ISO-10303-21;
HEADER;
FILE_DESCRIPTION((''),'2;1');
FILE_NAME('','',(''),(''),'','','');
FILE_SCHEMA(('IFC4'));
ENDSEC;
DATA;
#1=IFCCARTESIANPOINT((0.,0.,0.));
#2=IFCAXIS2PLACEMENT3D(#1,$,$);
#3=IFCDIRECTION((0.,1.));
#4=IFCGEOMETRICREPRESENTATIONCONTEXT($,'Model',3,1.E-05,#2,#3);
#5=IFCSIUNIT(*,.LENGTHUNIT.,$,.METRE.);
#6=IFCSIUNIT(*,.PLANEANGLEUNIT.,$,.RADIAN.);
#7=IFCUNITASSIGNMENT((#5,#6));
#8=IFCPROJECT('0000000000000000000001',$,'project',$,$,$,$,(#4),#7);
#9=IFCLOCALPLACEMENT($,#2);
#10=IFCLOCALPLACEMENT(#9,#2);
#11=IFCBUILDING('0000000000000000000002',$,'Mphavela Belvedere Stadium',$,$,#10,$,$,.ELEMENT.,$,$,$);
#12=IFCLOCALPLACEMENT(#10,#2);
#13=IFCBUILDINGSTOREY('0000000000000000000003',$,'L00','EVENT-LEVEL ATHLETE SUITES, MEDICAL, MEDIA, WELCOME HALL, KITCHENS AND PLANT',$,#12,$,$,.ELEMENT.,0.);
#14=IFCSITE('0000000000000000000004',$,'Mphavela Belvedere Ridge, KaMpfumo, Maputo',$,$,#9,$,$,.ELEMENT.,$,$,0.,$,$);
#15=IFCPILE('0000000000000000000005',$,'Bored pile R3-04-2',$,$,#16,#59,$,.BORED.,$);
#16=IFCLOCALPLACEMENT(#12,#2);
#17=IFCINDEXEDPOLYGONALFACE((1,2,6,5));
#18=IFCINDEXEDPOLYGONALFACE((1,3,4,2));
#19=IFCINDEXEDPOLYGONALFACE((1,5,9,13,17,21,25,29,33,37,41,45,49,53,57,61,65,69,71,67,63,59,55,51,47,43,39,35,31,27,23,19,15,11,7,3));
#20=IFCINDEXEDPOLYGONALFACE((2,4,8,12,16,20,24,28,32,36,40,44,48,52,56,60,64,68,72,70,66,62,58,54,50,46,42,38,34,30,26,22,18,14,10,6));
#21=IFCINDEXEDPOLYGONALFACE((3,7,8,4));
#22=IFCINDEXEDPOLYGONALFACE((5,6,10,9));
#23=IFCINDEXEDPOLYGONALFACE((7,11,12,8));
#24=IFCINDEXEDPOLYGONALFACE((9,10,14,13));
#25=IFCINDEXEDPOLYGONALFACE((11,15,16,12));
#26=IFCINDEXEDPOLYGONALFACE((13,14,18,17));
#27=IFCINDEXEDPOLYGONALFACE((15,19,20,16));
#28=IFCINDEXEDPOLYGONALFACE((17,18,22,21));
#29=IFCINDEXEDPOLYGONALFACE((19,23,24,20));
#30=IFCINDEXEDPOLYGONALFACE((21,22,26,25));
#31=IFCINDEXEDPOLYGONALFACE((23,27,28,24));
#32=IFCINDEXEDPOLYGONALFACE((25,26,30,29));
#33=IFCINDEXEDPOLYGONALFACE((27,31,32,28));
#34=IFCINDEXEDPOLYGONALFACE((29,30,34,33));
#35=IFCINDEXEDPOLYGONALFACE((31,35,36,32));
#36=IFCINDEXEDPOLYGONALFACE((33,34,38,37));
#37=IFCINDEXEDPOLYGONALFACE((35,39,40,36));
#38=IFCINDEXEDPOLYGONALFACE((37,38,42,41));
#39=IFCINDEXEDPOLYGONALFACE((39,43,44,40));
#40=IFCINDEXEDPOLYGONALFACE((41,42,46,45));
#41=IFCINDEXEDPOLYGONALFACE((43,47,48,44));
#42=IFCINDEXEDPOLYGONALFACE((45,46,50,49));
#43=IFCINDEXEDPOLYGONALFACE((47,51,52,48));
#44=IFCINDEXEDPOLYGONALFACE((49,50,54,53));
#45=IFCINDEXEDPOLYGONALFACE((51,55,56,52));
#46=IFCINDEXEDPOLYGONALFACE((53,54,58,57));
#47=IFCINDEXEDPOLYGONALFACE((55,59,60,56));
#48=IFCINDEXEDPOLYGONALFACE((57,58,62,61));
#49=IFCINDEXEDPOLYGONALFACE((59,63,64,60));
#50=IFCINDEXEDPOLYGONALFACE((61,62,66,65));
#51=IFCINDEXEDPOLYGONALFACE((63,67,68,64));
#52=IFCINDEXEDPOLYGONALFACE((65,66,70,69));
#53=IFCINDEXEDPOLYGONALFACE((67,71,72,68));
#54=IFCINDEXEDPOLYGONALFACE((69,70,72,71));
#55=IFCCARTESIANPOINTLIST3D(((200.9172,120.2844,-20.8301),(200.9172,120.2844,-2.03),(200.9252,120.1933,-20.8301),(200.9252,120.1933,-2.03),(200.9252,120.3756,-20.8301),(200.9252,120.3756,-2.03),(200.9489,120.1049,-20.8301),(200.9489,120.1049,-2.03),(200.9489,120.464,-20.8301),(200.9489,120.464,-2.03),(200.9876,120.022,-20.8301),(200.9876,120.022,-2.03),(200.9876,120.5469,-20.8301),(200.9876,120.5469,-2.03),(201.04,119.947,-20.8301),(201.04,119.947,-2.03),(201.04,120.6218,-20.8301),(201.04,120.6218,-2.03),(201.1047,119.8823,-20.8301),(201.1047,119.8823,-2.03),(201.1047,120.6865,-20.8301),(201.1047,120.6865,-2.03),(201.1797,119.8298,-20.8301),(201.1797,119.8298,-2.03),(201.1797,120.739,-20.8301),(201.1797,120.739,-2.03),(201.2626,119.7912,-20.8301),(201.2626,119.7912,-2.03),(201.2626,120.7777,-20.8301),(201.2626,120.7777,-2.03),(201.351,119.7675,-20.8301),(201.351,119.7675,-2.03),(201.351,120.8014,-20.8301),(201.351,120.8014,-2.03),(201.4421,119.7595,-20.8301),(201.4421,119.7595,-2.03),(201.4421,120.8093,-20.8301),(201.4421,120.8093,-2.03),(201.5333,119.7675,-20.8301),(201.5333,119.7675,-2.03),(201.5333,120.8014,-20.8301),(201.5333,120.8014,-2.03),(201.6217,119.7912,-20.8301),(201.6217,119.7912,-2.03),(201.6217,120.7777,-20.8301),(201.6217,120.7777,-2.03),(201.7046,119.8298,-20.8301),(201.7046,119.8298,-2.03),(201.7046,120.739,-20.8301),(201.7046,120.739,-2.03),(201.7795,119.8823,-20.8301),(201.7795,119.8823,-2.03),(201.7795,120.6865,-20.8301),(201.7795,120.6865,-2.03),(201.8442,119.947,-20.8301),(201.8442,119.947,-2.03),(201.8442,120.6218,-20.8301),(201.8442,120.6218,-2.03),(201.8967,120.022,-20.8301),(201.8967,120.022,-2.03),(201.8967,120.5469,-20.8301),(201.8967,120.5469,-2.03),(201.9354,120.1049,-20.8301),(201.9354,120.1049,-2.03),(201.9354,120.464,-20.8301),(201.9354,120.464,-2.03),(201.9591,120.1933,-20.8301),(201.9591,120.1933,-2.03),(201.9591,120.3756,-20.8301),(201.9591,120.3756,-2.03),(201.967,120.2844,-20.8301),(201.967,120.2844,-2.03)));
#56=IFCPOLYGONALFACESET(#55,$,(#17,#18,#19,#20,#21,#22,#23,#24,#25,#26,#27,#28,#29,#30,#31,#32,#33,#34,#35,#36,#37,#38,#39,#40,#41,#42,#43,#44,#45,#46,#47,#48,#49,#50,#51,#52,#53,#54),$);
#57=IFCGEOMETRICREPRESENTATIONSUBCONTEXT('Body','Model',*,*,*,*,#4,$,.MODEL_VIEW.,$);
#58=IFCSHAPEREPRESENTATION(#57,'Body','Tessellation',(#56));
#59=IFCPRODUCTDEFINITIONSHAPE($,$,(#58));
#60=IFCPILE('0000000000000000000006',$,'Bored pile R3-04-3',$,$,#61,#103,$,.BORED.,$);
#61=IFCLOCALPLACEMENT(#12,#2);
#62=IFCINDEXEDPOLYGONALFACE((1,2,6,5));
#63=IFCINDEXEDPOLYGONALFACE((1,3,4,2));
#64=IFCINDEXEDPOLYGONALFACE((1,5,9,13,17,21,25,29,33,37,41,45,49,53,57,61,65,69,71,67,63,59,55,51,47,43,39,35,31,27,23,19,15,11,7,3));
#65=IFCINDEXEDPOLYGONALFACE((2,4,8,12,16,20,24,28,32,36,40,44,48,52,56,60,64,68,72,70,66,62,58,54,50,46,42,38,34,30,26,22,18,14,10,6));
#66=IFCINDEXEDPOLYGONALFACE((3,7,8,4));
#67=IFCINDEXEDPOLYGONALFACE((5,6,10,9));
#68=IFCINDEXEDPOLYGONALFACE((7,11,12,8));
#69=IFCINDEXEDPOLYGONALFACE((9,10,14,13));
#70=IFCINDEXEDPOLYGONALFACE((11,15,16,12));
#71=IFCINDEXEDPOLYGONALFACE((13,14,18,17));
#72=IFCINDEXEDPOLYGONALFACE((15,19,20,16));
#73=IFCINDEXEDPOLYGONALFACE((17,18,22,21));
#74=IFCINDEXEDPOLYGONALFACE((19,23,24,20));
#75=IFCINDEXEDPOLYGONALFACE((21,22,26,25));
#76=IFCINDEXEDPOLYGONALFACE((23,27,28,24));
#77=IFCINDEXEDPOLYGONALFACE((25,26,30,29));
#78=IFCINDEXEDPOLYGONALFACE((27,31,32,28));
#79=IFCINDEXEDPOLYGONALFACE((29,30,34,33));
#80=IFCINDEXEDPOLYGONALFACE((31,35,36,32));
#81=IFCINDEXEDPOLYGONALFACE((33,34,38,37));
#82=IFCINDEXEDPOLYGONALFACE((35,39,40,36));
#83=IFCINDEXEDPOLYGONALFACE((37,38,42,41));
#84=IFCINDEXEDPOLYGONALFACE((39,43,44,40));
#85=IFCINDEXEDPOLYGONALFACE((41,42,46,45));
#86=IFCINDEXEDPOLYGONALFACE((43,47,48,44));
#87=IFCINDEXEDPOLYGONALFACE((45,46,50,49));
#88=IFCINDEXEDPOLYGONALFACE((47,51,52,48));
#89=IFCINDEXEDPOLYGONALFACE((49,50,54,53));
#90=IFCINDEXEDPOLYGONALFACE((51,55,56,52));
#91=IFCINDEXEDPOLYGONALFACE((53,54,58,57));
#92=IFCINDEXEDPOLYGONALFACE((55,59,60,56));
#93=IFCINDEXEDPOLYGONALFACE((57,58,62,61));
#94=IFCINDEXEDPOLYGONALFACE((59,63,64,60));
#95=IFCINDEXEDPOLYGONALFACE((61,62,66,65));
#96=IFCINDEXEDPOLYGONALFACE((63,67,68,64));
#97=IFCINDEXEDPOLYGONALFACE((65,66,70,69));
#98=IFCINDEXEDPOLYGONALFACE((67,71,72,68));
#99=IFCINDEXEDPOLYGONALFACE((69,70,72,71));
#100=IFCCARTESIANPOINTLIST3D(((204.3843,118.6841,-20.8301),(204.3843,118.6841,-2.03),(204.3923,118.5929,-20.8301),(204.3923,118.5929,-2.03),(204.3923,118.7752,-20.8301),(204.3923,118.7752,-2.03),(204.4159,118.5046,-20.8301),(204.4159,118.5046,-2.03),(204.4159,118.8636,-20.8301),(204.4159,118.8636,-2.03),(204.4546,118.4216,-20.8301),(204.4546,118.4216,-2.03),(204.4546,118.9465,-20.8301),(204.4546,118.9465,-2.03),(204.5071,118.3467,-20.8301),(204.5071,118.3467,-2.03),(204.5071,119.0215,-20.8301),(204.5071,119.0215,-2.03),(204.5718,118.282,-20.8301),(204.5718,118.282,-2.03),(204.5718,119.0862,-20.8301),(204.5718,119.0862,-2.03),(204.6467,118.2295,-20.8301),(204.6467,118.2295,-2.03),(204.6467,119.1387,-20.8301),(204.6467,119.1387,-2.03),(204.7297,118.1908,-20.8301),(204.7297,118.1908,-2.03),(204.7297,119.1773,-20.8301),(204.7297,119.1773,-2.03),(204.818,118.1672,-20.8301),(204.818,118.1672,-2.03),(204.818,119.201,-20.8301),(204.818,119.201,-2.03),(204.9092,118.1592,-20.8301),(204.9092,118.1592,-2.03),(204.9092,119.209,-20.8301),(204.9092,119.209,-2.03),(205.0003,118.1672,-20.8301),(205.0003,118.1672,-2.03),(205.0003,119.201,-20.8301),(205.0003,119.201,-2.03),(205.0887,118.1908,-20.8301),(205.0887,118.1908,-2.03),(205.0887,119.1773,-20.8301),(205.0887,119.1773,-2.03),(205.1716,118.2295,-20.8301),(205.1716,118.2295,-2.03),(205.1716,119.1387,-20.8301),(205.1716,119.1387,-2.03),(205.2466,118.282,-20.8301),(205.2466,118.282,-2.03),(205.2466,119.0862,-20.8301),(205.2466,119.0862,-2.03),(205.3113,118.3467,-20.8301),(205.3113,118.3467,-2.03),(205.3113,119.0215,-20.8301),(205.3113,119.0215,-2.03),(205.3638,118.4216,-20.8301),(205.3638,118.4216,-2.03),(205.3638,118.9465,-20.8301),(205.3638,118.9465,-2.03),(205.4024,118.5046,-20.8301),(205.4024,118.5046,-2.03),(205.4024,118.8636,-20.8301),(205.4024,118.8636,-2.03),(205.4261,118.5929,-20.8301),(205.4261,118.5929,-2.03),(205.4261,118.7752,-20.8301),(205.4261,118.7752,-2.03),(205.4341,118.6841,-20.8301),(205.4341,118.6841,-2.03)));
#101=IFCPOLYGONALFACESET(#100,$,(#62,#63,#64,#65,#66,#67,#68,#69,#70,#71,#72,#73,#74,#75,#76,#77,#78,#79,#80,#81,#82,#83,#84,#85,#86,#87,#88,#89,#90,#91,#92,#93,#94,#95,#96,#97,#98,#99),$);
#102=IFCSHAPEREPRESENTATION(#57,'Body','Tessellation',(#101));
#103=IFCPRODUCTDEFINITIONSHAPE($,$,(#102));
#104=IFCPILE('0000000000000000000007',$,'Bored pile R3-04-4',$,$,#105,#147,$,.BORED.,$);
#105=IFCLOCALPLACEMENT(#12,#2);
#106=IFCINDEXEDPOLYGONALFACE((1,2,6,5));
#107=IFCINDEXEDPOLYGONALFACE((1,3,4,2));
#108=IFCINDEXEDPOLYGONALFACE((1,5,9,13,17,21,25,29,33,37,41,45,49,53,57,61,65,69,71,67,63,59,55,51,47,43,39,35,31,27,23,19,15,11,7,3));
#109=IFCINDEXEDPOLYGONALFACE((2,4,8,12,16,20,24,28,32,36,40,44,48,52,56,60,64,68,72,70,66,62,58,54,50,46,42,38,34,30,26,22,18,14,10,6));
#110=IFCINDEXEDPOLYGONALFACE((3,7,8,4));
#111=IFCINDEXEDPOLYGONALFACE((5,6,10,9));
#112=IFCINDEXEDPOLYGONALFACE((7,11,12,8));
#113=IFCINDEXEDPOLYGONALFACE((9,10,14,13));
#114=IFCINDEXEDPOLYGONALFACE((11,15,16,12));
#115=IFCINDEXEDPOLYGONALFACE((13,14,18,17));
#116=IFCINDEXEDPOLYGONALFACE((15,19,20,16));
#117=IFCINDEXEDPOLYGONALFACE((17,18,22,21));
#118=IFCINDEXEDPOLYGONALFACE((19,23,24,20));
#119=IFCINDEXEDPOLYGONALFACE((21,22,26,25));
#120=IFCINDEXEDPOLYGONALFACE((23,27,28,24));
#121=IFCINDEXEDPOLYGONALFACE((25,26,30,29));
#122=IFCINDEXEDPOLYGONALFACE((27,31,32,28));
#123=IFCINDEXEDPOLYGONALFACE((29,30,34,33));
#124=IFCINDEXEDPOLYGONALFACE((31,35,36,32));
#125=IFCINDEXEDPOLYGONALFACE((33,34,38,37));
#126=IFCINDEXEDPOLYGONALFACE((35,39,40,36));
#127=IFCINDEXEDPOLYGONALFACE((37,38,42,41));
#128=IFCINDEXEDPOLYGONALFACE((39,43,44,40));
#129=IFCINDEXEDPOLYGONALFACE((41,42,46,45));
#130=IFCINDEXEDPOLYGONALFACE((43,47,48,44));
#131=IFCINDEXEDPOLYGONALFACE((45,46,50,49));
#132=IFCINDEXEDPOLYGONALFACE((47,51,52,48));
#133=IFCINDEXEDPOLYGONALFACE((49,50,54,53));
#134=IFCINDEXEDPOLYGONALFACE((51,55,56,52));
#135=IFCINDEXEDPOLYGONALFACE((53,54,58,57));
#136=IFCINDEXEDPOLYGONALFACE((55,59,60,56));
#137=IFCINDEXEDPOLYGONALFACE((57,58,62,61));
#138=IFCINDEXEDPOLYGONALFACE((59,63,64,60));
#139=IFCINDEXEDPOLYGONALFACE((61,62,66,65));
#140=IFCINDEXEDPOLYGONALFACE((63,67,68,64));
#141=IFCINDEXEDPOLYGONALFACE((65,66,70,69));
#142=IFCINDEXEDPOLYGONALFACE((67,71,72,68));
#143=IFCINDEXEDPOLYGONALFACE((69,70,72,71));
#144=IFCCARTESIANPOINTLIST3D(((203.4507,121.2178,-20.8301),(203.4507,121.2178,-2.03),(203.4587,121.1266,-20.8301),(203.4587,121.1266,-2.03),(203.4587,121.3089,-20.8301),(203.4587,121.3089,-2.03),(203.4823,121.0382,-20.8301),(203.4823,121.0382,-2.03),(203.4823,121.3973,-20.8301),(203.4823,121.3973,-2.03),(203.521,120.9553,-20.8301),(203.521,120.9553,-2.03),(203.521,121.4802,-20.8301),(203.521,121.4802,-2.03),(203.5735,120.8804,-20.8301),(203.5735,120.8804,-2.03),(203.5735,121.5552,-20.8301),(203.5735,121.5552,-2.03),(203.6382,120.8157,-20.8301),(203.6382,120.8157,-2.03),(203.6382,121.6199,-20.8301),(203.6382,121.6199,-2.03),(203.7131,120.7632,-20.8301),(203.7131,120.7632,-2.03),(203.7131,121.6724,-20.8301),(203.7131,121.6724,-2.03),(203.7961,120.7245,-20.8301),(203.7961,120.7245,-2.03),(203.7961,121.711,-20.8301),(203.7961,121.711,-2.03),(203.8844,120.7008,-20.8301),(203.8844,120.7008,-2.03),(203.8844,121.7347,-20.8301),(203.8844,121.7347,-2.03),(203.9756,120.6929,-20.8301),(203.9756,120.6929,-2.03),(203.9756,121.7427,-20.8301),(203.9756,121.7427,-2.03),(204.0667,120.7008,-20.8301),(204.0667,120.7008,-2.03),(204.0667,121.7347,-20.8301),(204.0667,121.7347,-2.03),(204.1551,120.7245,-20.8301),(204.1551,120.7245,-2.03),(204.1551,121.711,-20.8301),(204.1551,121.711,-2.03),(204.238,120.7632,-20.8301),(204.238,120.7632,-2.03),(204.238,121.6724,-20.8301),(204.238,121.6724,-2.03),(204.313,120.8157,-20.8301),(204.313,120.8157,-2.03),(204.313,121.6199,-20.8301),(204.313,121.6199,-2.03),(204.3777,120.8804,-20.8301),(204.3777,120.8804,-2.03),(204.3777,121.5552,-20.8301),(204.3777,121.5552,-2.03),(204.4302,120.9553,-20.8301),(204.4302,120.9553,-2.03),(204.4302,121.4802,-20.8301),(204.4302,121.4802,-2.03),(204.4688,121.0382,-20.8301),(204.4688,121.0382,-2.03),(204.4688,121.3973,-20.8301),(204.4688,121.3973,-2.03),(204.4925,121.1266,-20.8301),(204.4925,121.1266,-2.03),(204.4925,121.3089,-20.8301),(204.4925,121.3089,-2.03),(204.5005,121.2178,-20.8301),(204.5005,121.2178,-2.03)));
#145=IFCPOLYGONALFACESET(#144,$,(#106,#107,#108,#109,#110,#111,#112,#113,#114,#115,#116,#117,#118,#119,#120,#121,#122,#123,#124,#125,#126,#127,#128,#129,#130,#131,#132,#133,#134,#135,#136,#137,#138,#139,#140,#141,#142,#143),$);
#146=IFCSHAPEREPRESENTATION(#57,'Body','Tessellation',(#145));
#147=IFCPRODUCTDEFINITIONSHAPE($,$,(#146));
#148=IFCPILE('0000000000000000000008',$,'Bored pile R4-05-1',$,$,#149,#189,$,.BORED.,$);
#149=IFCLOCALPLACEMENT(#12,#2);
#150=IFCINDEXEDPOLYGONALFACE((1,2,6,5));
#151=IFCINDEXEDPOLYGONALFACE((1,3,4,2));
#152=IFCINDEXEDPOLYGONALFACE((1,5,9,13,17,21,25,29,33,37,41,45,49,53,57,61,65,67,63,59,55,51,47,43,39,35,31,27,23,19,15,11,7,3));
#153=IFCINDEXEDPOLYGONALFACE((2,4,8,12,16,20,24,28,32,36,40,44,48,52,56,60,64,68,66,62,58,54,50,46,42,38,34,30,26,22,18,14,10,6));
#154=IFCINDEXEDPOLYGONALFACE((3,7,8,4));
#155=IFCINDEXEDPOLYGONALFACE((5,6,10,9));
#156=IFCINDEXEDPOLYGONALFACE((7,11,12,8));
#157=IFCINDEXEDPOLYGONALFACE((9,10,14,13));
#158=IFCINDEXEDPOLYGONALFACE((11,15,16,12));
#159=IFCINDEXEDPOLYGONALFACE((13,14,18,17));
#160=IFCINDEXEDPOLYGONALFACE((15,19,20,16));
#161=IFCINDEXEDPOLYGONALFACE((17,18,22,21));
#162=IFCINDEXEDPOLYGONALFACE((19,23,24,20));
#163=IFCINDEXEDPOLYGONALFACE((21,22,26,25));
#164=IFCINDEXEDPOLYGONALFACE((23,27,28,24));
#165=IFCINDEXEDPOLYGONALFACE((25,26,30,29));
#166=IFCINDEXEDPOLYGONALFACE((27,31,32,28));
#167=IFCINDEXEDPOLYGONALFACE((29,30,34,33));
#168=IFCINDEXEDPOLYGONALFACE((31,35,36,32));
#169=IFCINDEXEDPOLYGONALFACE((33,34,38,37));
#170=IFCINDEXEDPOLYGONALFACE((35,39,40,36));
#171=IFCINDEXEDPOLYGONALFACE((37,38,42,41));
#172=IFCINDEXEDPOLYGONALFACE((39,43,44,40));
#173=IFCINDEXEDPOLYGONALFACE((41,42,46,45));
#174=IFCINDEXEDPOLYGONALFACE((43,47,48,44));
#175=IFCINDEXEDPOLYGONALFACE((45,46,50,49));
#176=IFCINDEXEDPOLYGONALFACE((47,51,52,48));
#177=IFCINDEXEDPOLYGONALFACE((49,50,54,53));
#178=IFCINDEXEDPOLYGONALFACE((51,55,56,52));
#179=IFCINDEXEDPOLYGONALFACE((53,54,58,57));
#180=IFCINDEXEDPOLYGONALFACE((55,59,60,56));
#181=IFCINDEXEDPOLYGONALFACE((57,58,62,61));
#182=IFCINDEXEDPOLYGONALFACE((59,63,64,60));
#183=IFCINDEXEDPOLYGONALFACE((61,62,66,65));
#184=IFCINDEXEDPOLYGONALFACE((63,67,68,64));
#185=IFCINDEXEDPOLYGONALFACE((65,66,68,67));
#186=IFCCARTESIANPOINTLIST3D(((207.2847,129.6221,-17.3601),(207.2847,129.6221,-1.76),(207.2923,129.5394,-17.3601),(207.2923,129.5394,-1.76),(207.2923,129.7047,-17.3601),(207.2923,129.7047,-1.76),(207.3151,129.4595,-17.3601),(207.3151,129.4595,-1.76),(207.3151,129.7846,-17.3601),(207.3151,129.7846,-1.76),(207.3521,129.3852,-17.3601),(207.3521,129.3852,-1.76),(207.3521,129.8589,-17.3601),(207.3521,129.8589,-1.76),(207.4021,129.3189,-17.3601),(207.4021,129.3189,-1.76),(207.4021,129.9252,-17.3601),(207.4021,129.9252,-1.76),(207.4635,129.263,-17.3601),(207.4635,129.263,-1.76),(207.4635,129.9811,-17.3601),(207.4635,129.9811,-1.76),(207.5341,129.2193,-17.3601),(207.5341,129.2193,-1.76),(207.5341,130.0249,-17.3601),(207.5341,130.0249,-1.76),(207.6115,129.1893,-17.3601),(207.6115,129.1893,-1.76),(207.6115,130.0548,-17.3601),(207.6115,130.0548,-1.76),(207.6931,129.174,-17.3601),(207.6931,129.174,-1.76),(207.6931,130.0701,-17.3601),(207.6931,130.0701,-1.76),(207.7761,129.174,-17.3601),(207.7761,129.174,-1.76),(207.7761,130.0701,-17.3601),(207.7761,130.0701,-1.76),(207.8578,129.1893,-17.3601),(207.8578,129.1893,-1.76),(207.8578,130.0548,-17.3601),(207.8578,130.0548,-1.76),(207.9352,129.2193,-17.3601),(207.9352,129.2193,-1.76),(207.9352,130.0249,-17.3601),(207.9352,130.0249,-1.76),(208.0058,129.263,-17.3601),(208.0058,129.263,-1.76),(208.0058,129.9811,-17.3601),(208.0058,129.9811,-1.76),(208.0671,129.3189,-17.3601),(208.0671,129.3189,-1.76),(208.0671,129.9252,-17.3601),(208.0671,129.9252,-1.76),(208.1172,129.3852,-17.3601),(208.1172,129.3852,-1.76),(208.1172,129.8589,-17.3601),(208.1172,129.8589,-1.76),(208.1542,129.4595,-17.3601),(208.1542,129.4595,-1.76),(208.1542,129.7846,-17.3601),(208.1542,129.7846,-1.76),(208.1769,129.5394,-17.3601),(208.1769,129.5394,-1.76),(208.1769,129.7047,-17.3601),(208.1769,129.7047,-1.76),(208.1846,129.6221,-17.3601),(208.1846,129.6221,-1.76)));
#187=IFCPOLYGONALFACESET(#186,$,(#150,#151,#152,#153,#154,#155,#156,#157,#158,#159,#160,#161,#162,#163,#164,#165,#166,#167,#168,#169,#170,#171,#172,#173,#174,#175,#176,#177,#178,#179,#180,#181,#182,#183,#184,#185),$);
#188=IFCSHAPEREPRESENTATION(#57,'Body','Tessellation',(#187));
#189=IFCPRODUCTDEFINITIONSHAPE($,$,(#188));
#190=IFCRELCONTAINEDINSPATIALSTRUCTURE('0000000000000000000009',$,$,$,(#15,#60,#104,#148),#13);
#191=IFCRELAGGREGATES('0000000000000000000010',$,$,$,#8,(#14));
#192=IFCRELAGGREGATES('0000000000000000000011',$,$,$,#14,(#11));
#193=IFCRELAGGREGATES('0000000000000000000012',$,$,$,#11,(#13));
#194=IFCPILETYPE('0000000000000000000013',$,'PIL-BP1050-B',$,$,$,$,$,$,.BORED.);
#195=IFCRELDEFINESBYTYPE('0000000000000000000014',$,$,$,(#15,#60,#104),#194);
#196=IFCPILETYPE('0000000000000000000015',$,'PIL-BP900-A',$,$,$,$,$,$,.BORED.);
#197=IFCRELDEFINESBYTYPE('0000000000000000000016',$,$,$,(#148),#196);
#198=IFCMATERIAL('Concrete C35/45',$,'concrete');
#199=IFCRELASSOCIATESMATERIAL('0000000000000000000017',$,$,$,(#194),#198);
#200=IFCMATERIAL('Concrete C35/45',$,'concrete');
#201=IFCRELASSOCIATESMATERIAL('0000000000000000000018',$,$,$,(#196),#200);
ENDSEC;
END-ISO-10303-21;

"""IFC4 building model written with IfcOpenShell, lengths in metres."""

from ifc_helpers import new_model, si_unit, direction, frame, origin, origin_2d, place, context, subcontext, project, spatial, circle, extrude, material, material_profile, profile_set, type_object, element, save


model = new_model("IFC4")

# Units and contexts
model_context = context("Model", 3, precision=1e-05, world=origin(), true_north=direction((0.0, 1.0)))
body_context = subcontext(model_context, "Body", "Model", "MODEL_VIEW")
ifc_project = project(units=[si_unit("LENGTHUNIT", "METRE"), si_unit("PLANEANGLEUNIT", "RADIAN")], contexts=[model_context])

# Site, building, storey
site_placement = place(None, origin())
site = spatial("IfcSite", under=ifc_project, at=site_placement, Name="Mphavela Belvedere Ridge, KaMpfumo, Maputo", CompositionType="ELEMENT", RefElevation=0.0)
building_placement = place(site_placement, origin())
building = spatial("IfcBuilding", under=site, at=building_placement, Name="Mphavela Belvedere Stadium", CompositionType="ELEMENT")
storey_placement = place(building_placement, origin())
storey = spatial("IfcBuildingStorey", under=building, at=storey_placement, Name="L00", Description="EVENT-LEVEL ATHLETE SUITES, MEDICAL, MEDIA, WELCOME HALL, KITCHENS AND PLANT", CompositionType="ELEMENT", Elevation=0.0)

# Piles
ifc_material_1 = material(Name="Concrete C35/45", Category="concrete")
ifc_material_profile_1 = material_profile(ifc_material_1, circle(Radius=0.5249, at=origin_2d()), Name="BP D1050")
ifc_profile_set_1 = profile_set([ifc_material_profile_1], Name="Concrete C35/45")
pile_type_1 = type_object("IfcPileType", Name="PIL-BP1050-B", PredefinedType="BORED", material=ifc_profile_set_1)
for number, where, z_axis, x_axis, name in (
    (1, (201.4421, 120.2844, -2.03), (0.0, 0.0, -1.0), (1.0, 0.0, 0.0), "Bored pile R3-04-2"),
    (2, (204.9092, 118.6841, -2.03), (0.0, 0.0, -1.0), (1.0, 0.0, 0.0), "Bored pile R3-04-3"),
    (3, (203.9756, 121.2178, -2.03), (0.0, 0.0, -1.0), (1.0, 0.0, 0.0), "Bored pile R3-04-4"),
):
    element("IfcPile", number, at=place(storey_placement, frame(where, z_axis=z_axis, x_axis=x_axis)), inside=storey, type_object=pile_type_1, Name=name, PredefinedType="BORED", context=body_context, shape_type="SweptSolid", body=[
        extrude(circle(Radius=0.5249, at=origin_2d()), origin(), (0.0, 0.0, 1.0), 18.8),
    ])
ifc_material_2 = material(Name="Concrete C35/45", Category="concrete")
ifc_material_profile_2 = material_profile(ifc_material_2, circle(Radius=0.45, at=origin_2d()), Name="BP D900")
ifc_profile_set_2 = profile_set([ifc_material_profile_2], Name="Concrete C35/45")
pile_type_2 = type_object("IfcPileType", Name="PIL-BP900-A", PredefinedType="BORED", material=ifc_profile_set_2)
for number, where, z_axis, x_axis, name in (
    (4, (207.7346, 129.6221, -1.76), (0.0, 0.0, -1.0), (1.0, 0.0, 0.0), "Bored pile R4-05-1"),
):
    element("IfcPile", number, at=place(storey_placement, frame(where, z_axis=z_axis, x_axis=x_axis)), inside=storey, type_object=pile_type_2, Name=name, PredefinedType="BORED", context=body_context, shape_type="SweptSolid", body=[
        extrude(circle(Radius=0.45, at=origin_2d()), origin(), (0.0, 0.0, 1.0), 15.6001),
    ])

save(model, "model.ifc")
